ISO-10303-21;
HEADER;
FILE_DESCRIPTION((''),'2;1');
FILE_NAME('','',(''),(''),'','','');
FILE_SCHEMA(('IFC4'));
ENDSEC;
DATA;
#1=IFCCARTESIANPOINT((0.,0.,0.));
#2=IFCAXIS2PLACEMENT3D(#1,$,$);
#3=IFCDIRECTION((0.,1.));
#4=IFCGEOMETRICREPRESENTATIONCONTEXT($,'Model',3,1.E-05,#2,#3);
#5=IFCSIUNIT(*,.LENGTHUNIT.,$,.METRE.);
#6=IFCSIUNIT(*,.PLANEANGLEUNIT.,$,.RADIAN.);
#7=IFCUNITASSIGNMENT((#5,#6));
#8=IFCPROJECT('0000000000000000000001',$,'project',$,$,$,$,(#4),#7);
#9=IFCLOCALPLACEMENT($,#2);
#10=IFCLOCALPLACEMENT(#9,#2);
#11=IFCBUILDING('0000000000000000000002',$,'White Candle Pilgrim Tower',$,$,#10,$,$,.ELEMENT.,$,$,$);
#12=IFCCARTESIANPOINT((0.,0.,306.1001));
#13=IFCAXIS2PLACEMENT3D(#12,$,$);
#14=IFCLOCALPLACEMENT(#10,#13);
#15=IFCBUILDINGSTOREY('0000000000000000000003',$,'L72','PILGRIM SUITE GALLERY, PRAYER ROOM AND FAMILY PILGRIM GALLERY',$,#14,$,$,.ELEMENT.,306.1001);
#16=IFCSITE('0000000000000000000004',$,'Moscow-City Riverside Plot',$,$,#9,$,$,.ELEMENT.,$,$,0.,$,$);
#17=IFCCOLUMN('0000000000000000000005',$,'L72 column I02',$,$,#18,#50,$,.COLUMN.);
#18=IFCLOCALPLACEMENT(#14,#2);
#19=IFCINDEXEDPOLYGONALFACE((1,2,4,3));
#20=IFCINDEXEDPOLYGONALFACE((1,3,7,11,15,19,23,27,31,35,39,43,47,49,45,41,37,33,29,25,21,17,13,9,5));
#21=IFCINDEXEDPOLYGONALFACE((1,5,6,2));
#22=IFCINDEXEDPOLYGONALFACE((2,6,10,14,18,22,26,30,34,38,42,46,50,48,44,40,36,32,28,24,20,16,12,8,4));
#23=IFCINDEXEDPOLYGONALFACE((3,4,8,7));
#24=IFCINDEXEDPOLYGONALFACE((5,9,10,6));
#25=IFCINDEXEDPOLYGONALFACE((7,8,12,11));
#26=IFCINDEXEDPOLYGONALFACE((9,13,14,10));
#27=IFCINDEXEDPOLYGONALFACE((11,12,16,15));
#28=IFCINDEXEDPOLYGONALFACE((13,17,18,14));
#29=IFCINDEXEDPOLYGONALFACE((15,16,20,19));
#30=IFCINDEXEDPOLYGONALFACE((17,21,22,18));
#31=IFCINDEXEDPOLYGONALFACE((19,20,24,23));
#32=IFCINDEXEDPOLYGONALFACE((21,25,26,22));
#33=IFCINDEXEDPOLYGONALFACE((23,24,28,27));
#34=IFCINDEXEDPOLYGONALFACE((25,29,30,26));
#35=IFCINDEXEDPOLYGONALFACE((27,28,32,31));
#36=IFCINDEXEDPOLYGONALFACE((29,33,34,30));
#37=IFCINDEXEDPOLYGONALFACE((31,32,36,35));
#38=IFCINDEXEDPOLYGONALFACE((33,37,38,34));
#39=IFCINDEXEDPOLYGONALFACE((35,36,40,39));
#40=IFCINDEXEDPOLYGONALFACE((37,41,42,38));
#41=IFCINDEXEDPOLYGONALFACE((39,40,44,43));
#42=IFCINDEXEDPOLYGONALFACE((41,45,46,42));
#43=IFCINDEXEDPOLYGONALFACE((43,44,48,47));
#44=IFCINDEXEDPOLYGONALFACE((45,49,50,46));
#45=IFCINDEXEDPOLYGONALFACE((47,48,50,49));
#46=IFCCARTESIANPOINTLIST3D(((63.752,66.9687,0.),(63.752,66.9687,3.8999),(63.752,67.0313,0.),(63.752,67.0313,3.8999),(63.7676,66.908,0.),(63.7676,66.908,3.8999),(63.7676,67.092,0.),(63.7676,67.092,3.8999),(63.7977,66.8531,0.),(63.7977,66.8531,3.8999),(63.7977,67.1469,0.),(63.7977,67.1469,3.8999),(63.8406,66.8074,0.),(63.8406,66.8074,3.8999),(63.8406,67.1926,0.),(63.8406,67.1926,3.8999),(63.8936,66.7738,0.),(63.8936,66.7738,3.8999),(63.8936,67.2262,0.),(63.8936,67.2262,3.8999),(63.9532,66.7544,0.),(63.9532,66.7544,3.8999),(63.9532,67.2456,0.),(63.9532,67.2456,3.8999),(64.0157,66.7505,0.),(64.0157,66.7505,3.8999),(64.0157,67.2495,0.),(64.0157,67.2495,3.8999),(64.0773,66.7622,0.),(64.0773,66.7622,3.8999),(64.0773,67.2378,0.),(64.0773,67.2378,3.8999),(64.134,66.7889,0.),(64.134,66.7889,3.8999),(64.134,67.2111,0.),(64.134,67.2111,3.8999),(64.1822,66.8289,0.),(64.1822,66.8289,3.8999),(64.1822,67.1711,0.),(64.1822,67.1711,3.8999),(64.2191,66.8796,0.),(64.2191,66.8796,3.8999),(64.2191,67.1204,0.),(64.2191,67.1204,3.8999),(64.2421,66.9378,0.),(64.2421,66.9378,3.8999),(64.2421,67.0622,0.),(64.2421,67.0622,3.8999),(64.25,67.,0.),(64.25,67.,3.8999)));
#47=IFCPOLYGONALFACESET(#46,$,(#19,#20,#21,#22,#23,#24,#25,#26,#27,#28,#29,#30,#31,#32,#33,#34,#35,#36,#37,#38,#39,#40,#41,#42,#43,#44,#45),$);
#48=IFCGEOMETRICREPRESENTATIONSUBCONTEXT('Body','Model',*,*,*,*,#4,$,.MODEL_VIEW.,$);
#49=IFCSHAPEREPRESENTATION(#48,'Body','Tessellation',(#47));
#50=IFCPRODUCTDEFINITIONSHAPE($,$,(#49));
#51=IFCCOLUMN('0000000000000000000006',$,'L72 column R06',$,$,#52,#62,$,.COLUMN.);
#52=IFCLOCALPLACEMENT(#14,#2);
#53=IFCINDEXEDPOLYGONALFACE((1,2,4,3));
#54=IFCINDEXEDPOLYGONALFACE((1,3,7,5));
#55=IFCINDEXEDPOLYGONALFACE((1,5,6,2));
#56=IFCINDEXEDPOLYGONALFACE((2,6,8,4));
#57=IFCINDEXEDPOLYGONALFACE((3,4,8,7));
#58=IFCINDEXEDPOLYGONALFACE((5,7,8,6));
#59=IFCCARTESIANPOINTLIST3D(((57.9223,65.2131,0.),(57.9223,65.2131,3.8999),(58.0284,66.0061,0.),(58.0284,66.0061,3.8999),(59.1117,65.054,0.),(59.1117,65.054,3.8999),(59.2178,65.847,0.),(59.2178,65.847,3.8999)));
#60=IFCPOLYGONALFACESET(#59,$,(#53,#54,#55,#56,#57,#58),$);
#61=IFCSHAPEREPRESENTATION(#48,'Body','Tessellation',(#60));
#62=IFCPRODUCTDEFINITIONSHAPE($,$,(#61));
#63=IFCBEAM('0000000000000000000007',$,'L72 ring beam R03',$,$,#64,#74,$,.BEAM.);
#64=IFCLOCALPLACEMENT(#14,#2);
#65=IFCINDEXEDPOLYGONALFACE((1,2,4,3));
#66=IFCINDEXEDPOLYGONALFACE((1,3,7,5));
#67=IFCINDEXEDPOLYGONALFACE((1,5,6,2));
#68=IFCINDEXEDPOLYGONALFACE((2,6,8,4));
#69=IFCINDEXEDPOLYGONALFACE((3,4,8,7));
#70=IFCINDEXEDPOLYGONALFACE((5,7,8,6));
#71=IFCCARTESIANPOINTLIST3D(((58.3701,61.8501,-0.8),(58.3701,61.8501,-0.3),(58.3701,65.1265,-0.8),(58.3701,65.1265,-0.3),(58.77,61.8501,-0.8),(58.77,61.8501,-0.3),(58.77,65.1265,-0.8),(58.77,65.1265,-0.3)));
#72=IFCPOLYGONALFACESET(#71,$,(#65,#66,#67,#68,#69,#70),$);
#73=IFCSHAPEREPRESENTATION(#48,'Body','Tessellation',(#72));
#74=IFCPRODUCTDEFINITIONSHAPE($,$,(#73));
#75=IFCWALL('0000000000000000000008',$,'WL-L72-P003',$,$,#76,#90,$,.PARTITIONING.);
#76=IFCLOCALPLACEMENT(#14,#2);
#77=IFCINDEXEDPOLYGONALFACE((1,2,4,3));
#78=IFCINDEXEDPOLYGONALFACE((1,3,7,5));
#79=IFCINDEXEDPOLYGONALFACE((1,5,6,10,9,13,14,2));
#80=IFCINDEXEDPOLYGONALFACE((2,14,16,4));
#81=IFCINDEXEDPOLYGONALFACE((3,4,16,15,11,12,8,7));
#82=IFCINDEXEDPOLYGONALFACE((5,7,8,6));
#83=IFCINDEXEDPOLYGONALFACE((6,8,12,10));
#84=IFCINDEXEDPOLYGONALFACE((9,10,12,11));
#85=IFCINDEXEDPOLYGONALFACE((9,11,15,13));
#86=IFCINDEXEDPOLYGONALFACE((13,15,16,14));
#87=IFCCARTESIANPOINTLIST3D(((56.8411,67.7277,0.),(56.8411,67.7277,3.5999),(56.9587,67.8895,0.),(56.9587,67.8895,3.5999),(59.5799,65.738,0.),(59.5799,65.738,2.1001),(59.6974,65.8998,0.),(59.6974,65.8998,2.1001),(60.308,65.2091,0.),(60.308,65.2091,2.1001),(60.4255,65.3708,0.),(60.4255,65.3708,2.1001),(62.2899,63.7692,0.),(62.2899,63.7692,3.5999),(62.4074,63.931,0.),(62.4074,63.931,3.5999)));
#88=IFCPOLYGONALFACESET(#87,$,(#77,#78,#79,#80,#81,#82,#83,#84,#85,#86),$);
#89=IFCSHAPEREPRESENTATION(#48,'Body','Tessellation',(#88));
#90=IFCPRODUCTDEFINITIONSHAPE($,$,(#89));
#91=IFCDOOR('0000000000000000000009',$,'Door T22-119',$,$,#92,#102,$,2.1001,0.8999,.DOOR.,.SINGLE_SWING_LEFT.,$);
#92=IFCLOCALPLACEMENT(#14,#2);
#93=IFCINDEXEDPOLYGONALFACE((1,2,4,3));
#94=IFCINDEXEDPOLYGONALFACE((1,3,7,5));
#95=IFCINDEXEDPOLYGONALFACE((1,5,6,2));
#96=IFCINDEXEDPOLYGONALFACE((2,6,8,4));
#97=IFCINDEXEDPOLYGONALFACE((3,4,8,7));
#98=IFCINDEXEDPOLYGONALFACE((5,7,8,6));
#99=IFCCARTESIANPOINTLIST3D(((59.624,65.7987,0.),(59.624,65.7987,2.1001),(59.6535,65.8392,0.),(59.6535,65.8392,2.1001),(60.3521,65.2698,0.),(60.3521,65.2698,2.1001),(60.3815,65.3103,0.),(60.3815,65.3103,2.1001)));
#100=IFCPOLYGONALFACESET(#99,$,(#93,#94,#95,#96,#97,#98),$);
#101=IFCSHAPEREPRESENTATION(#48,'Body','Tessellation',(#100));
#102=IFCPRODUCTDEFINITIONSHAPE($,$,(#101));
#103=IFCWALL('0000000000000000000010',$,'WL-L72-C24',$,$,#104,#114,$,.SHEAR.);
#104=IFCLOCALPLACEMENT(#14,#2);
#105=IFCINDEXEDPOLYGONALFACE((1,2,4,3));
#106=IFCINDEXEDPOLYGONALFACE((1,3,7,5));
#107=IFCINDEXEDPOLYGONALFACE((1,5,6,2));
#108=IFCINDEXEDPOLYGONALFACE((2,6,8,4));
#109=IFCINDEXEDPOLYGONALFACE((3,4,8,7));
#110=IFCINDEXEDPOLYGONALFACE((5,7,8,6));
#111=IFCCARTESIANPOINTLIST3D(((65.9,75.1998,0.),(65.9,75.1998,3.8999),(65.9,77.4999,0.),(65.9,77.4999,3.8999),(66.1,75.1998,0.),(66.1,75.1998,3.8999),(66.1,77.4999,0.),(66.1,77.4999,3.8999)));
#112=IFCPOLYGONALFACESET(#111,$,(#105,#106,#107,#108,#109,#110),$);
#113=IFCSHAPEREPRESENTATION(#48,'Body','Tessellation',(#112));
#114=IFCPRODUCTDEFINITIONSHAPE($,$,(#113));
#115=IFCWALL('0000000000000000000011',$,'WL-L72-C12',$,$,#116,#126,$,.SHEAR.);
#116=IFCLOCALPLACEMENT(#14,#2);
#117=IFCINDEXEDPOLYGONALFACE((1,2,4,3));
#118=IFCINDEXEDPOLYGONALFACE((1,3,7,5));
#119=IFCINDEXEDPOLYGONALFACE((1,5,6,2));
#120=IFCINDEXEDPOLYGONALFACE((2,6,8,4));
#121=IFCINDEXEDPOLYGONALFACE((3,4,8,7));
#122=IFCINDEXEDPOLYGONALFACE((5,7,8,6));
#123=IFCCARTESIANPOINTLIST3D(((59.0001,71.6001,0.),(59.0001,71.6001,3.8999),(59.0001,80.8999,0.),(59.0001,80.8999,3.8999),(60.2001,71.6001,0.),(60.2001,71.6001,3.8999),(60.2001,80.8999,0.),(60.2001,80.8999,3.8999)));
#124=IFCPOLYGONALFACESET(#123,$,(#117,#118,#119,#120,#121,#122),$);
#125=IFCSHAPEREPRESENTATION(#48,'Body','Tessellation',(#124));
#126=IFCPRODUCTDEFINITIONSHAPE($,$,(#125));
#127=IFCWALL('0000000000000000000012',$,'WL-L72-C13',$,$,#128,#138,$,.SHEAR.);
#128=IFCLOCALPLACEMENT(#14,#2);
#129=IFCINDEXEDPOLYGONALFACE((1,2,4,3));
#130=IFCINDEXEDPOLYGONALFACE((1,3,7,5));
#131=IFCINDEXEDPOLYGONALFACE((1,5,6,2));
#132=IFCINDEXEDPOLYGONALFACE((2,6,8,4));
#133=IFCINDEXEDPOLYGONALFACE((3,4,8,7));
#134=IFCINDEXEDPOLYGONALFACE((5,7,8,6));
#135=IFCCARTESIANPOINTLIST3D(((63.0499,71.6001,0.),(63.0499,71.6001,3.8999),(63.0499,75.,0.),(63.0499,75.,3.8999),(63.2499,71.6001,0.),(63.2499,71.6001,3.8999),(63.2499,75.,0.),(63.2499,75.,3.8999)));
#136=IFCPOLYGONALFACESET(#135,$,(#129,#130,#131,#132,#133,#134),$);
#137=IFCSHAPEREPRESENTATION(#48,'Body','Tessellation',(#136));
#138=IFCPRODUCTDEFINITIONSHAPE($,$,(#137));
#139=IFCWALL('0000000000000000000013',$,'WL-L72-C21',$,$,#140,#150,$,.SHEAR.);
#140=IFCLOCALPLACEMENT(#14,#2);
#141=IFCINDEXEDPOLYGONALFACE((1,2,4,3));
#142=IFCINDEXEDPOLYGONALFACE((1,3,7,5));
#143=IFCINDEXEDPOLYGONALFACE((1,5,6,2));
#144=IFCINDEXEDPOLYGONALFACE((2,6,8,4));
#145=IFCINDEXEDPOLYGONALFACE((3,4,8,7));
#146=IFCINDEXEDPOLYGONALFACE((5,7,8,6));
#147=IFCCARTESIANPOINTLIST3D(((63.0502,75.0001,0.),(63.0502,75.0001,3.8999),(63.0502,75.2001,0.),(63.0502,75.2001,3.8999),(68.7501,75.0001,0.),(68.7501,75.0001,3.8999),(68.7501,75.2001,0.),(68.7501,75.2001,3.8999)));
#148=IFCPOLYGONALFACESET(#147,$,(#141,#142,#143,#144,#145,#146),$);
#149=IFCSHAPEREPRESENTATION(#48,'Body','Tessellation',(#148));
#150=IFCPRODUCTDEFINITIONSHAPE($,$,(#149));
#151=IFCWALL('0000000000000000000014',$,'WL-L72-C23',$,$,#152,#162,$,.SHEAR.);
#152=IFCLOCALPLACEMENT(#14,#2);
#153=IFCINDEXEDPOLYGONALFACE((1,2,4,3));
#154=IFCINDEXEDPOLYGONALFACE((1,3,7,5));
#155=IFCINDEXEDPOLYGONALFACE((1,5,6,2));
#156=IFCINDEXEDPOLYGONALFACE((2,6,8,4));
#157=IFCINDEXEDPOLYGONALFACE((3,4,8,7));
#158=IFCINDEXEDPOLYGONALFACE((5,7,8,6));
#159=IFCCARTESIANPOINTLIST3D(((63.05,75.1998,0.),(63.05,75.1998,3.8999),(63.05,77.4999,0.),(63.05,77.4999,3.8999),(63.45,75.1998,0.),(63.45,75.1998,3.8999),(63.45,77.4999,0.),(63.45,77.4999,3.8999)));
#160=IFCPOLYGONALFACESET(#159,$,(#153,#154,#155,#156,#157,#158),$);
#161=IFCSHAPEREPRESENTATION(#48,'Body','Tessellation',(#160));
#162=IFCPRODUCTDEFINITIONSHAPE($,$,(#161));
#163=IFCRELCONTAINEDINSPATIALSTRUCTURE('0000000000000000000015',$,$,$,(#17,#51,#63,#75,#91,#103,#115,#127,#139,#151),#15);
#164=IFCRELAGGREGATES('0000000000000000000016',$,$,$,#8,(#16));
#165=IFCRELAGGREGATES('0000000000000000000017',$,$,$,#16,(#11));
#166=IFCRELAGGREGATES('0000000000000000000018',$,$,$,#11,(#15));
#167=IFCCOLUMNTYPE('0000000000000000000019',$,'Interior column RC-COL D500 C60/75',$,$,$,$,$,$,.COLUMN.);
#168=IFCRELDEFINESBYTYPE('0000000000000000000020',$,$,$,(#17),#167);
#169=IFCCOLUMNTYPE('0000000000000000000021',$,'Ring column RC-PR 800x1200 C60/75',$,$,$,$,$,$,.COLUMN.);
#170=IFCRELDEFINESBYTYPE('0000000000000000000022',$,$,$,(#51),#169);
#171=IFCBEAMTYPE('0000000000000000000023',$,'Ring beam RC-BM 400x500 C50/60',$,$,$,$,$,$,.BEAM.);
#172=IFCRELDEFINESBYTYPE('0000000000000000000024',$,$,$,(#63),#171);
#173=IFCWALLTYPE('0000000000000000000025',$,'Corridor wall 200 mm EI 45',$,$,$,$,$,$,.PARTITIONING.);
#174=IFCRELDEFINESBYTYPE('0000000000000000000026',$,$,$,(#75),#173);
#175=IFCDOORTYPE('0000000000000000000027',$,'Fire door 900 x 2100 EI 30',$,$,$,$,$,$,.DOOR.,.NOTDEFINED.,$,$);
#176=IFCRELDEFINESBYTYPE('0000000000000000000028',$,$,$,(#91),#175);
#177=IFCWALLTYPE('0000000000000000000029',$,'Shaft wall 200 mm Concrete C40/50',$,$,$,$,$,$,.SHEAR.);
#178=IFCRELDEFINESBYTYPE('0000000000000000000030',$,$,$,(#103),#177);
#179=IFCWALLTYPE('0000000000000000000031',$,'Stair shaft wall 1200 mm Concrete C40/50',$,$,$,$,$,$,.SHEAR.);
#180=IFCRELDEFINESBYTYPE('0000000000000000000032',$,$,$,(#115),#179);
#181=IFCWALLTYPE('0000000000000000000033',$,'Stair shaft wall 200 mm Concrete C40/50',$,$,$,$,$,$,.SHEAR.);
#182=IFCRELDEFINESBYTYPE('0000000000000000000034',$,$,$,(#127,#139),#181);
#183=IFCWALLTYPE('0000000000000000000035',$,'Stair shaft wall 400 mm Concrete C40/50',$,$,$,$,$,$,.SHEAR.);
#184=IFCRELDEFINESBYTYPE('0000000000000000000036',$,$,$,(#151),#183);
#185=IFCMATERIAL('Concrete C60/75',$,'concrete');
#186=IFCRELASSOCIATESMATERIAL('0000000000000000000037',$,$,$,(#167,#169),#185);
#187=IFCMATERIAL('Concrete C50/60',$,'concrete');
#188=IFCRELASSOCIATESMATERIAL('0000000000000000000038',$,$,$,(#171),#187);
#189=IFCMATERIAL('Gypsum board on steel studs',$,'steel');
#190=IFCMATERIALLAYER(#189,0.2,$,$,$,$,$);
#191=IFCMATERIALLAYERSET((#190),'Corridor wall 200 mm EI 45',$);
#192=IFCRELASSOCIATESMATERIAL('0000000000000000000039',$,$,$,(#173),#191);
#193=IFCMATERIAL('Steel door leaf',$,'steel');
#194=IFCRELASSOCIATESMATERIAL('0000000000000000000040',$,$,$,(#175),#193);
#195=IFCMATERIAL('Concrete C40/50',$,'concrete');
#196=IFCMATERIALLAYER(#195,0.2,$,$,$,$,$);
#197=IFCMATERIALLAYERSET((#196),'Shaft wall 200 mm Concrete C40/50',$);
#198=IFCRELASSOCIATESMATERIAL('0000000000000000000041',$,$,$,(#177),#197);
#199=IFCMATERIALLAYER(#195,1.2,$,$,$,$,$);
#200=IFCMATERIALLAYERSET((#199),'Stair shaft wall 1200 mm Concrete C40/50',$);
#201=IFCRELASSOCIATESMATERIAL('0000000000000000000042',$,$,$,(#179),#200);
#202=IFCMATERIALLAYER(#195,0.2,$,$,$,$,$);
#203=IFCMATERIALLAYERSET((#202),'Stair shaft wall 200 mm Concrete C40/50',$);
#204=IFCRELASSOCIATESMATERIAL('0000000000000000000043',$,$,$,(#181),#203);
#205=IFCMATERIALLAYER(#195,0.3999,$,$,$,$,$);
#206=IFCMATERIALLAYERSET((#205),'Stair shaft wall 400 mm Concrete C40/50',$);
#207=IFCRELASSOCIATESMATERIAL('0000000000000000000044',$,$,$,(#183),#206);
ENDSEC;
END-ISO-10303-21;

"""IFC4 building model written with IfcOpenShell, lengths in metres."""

from ifc_helpers import new_model, si_unit, direction, frame, frame_2d, origin, origin_2d, place, context, subcontext, project, spatial, rectangle, circle, extrude, material, layer, layer_set, material_profile, profile_set, type_object, element, fill, save


model = new_model("IFC4")

# Units and contexts
model_context = context("Model", 3, precision=1e-05, world=origin(), true_north=direction((0.0, 1.0)))
body_context = subcontext(model_context, "Body", "Model", "MODEL_VIEW")
ifc_project = project(units=[si_unit("LENGTHUNIT", "METRE"), si_unit("PLANEANGLEUNIT", "RADIAN")], contexts=[model_context])

# Site, building, storey
site_placement = place(None, origin())
site = spatial("IfcSite", under=ifc_project, at=site_placement, Name="Moscow-City Riverside Plot", CompositionType="ELEMENT", RefElevation=0.0)
building_placement = place(site_placement, origin())
building = spatial("IfcBuilding", under=site, at=building_placement, Name="White Candle Pilgrim Tower", CompositionType="ELEMENT")
storey_placement = place(building_placement, frame((0.0, 0.0, 306.1001)))
storey = spatial("IfcBuildingStorey", under=building, at=storey_placement, Name="L72", Description="PILGRIM SUITE GALLERY, PRAYER ROOM AND FAMILY PILGRIM GALLERY", CompositionType="ELEMENT", Elevation=306.1001)

# Columns
ifc_material_1 = material(Name="Concrete C60/75", Category="concrete")
ifc_material_profile_1 = material_profile(ifc_material_1, circle(Radius=0.25, at=origin_2d()), Name="RC-COL D500")
ifc_profile_set_1 = profile_set([ifc_material_profile_1], Name="Concrete C60/75")
column_type_1 = type_object("IfcColumnType", Name="Interior column RC-COL D500 C60/75", PredefinedType="COLUMN", material=ifc_profile_set_1)
column_1_placement = place(storey_placement, frame((64.0, 67.0, 0.0), z_axis=(0.0, 0.0, 1.0), x_axis=(1.0, 0.0, 0.0)))
element("IfcColumn", 1, at=column_1_placement, inside=storey, type_object=column_type_1, Name="L72 column I02", PredefinedType="COLUMN", context=body_context, shape_type="SweptSolid", body=[
    extrude(circle(Radius=0.25, at=origin_2d()), origin(), (0.0, 0.0, 1.0), 3.8999),
])
ifc_material_profile_2 = material_profile(ifc_material_1, rectangle(XDim=0.8, YDim=1.2, at=origin_2d()), Name="RC-PR 800x1200")
ifc_profile_set_2 = profile_set([ifc_material_profile_2], Name="Concrete C60/75")
column_type_2 = type_object("IfcColumnType", Name="Ring column RC-PR 800x1200 C60/75", PredefinedType="COLUMN", material=ifc_profile_set_2)
column_2_placement = place(storey_placement, frame((58.5701, 65.53, 0.0), z_axis=(0.0, 0.0, 1.0), x_axis=(0.132602, 0.991169, 0.0)))
element("IfcColumn", 2, at=column_2_placement, inside=storey, type_object=column_type_2, Name="L72 column R06", PredefinedType="COLUMN", context=body_context, shape_type="SweptSolid", body=[
    extrude(rectangle(XDim=0.8, YDim=1.2, at=origin_2d()), origin(), (0.0, 0.0, 1.0), 3.8999),
])

# Beam
ifc_material_2 = material(Name="Concrete C50/60", Category="concrete")
ifc_material_profile_3 = material_profile(ifc_material_2, rectangle(XDim=0.3999, YDim=0.5, at=origin_2d()), Name="RC-BM 400x500")
ifc_profile_set_3 = profile_set([ifc_material_profile_3], Name="Concrete C50/60")
beam_type = type_object("IfcBeamType", Name="Ring beam RC-BM 400x500 C50/60", PredefinedType="BEAM", material=ifc_profile_set_3)
beam_placement = place(storey_placement, frame((58.5701, 65.1265, -0.55), z_axis=(0.0, -1.0, 0.0), x_axis=(1.0, 0.0, 0.0)))
element("IfcBeam", 3, at=beam_placement, inside=storey, type_object=beam_type, Name="L72 ring beam R03", PredefinedType="BEAM", context=body_context, shape_type="SweptSolid", body=[
    extrude(rectangle(XDim=0.3999, YDim=0.5, at=origin_2d()), origin(), (0.0, 0.0, 1.0), 3.2764),
])

# Wall, opening, door
ifc_material_3 = material(Name="Gypsum board on steel studs", Category="steel")
ifc_layer_1 = layer(ifc_material_3, 0.2)
ifc_layer_set_1 = layer_set([ifc_layer_1], Name="Corridor wall 200 mm EI 45")
wall_type_1 = type_object("IfcWallType", Name="Corridor wall 200 mm EI 45", PredefinedType="PARTITIONING", material=ifc_layer_set_1)
wall_1_placement = place(storey_placement, frame((62.3486, 63.8501, 0.0), z_axis=(0.0, 0.0, 1.0), x_axis=(-0.809034, 0.587762, 0.0)))
wall_1 = element("IfcWall", 4, at=wall_1_placement, inside=storey, type_object=wall_type_1, Name="WL-L72-P003", PredefinedType="PARTITIONING", context=body_context, shape_type="SweptSolid", body=[
    extrude(rectangle(XDim=6.7349, YDim=0.2, at=frame_2d((3.3674, 0.0))), origin(), (0.0, 0.0, 1.0), 3.5999),
])
opening_1_placement = place(wall_1_placement, frame((2.4497, 0.0, 0.0)))
opening_1 = element("IfcOpeningElement", 5, at=opening_1_placement, cuts=wall_1, PredefinedType="OPENING", context=body_context, shape_type="SweptSolid", body=[
    extrude(rectangle(XDim=0.8999, YDim=2.1001, at=frame_2d((0.45, 1.05))), frame((0.0, 0.1099, 0.0), z_axis=(0.0, -1.0, 0.0), x_axis=(1.0, 0.0, 0.0)), (0.0, 0.0, 1.0), 0.22),
])
ifc_material_4 = material(Name="Steel door leaf", Category="steel")
door_type_1 = type_object("IfcDoorType", Name="Fire door 900 x 2100 EI 30", OperationType="NOTDEFINED", PredefinedType="DOOR", material=ifc_material_4)
door_1_placement = place(opening_1_placement, origin())
door_1 = element("IfcDoor", 6, at=door_1_placement, inside=storey, type_object=door_type_1, Name="Door T22-119", OperationType="SINGLE_SWING_LEFT", OverallHeight=2.1001, OverallWidth=0.8999, PredefinedType="DOOR", context=body_context, shape_type="SweptSolid", body=[
    extrude(rectangle(XDim=0.8999, YDim=2.1001, at=frame_2d((0.45, 1.05))), frame((0.0, 0.0249, 0.0), z_axis=(0.0, -1.0, 0.0), x_axis=(1.0, 0.0, 0.0)), (0.0, 0.0, 1.0), 0.05),
])
fill(opening_1, door_1)

# Walls
ifc_material_5 = material(Name="Concrete C40/50", Category="concrete")
ifc_layer_2 = layer(ifc_material_5, 0.2)
ifc_layer_set_2 = layer_set([ifc_layer_2], Name="Shaft wall 200 mm Concrete C40/50")
wall_type_2 = type_object("IfcWallType", Name="Shaft wall 200 mm Concrete C40/50", PredefinedType="SHEAR", material=ifc_layer_set_2)
wall_2_placement = place(storey_placement, frame((66.0, 75.2, 0.0), z_axis=(0.0, 0.0, 1.0), x_axis=(0.0, 1.0, 0.0)))
element("IfcWall", 7, at=wall_2_placement, inside=storey, type_object=wall_type_2, Name="WL-L72-C24", PredefinedType="SHEAR", context=body_context, shape_type="SweptSolid", body=[
    extrude(rectangle(XDim=2.3, YDim=0.2, at=frame_2d((1.1499, 0.0))), origin(), (0.0, 0.0, 1.0), 3.8999),
])
ifc_layer_3 = layer(ifc_material_5, 1.2)
ifc_layer_set_3 = layer_set([ifc_layer_3], Name="Stair shaft wall 1200 mm Concrete C40/50")
wall_type_3 = type_object("IfcWallType", Name="Stair shaft wall 1200 mm Concrete C40/50", PredefinedType="SHEAR", material=ifc_layer_set_3)
wall_3_placement = place(storey_placement, frame((59.6001, 71.6001, 0.0), z_axis=(0.0, 0.0, 1.0), x_axis=(0.0, 1.0, 0.0)))
element("IfcWall", 8, at=wall_3_placement, inside=storey, type_object=wall_type_3, Name="WL-L72-C12", PredefinedType="SHEAR", context=body_context, shape_type="SweptSolid", body=[
    extrude(rectangle(XDim=9.2998, YDim=1.2, at=frame_2d((4.6499, 0.0))), origin(), (0.0, 0.0, 1.0), 3.8999),
])
ifc_layer_4 = layer(ifc_material_5, 0.2)
ifc_layer_set_4 = layer_set([ifc_layer_4], Name="Stair shaft wall 200 mm Concrete C40/50")
wall_type_4 = type_object("IfcWallType", Name="Stair shaft wall 200 mm Concrete C40/50", PredefinedType="SHEAR", material=ifc_layer_set_4)
wall_4_placement = place(storey_placement, frame((63.1499, 71.6001, 0.0), z_axis=(0.0, 0.0, 1.0), x_axis=(0.0, 1.0, 0.0)))
element("IfcWall", 9, at=wall_4_placement, inside=storey, type_object=wall_type_4, Name="WL-L72-C13", PredefinedType="SHEAR", context=body_context, shape_type="SweptSolid", body=[
    extrude(rectangle(XDim=3.3999, YDim=0.2, at=frame_2d((1.7, 0.0))), origin(), (0.0, 0.0, 1.0), 3.8999),
])
wall_5_placement = place(storey_placement, frame((63.05, 75.1001, 0.0), z_axis=(0.0, 0.0, 1.0), x_axis=(1.0, 0.0, 0.0)))
element("IfcWall", 10, at=wall_5_placement, inside=storey, type_object=wall_type_4, Name="WL-L72-C21", PredefinedType="SHEAR", context=body_context, shape_type="SweptSolid", body=[
    extrude(rectangle(XDim=5.7, YDim=0.2, at=frame_2d((2.8501, 0.0))), origin(), (0.0, 0.0, 1.0), 3.8999),
])
ifc_layer_5 = layer(ifc_material_5, 0.3999)
ifc_layer_set_5 = layer_set([ifc_layer_5], Name="Stair shaft wall 400 mm Concrete C40/50")
wall_type_5 = type_object("IfcWallType", Name="Stair shaft wall 400 mm Concrete C40/50", PredefinedType="SHEAR", material=ifc_layer_set_5)
wall_6_placement = place(storey_placement, frame((63.25, 75.2, 0.0), z_axis=(0.0, 0.0, 1.0), x_axis=(0.0, 1.0, 0.0)))
element("IfcWall", 11, at=wall_6_placement, inside=storey, type_object=wall_type_5, Name="WL-L72-C23", PredefinedType="SHEAR", context=body_context, shape_type="SweptSolid", body=[
    extrude(rectangle(XDim=2.3, YDim=0.3999, at=frame_2d((1.1499, 0.0))), origin(), (0.0, 0.0, 1.0), 3.8999),
])

save(model, "model.ifc")
